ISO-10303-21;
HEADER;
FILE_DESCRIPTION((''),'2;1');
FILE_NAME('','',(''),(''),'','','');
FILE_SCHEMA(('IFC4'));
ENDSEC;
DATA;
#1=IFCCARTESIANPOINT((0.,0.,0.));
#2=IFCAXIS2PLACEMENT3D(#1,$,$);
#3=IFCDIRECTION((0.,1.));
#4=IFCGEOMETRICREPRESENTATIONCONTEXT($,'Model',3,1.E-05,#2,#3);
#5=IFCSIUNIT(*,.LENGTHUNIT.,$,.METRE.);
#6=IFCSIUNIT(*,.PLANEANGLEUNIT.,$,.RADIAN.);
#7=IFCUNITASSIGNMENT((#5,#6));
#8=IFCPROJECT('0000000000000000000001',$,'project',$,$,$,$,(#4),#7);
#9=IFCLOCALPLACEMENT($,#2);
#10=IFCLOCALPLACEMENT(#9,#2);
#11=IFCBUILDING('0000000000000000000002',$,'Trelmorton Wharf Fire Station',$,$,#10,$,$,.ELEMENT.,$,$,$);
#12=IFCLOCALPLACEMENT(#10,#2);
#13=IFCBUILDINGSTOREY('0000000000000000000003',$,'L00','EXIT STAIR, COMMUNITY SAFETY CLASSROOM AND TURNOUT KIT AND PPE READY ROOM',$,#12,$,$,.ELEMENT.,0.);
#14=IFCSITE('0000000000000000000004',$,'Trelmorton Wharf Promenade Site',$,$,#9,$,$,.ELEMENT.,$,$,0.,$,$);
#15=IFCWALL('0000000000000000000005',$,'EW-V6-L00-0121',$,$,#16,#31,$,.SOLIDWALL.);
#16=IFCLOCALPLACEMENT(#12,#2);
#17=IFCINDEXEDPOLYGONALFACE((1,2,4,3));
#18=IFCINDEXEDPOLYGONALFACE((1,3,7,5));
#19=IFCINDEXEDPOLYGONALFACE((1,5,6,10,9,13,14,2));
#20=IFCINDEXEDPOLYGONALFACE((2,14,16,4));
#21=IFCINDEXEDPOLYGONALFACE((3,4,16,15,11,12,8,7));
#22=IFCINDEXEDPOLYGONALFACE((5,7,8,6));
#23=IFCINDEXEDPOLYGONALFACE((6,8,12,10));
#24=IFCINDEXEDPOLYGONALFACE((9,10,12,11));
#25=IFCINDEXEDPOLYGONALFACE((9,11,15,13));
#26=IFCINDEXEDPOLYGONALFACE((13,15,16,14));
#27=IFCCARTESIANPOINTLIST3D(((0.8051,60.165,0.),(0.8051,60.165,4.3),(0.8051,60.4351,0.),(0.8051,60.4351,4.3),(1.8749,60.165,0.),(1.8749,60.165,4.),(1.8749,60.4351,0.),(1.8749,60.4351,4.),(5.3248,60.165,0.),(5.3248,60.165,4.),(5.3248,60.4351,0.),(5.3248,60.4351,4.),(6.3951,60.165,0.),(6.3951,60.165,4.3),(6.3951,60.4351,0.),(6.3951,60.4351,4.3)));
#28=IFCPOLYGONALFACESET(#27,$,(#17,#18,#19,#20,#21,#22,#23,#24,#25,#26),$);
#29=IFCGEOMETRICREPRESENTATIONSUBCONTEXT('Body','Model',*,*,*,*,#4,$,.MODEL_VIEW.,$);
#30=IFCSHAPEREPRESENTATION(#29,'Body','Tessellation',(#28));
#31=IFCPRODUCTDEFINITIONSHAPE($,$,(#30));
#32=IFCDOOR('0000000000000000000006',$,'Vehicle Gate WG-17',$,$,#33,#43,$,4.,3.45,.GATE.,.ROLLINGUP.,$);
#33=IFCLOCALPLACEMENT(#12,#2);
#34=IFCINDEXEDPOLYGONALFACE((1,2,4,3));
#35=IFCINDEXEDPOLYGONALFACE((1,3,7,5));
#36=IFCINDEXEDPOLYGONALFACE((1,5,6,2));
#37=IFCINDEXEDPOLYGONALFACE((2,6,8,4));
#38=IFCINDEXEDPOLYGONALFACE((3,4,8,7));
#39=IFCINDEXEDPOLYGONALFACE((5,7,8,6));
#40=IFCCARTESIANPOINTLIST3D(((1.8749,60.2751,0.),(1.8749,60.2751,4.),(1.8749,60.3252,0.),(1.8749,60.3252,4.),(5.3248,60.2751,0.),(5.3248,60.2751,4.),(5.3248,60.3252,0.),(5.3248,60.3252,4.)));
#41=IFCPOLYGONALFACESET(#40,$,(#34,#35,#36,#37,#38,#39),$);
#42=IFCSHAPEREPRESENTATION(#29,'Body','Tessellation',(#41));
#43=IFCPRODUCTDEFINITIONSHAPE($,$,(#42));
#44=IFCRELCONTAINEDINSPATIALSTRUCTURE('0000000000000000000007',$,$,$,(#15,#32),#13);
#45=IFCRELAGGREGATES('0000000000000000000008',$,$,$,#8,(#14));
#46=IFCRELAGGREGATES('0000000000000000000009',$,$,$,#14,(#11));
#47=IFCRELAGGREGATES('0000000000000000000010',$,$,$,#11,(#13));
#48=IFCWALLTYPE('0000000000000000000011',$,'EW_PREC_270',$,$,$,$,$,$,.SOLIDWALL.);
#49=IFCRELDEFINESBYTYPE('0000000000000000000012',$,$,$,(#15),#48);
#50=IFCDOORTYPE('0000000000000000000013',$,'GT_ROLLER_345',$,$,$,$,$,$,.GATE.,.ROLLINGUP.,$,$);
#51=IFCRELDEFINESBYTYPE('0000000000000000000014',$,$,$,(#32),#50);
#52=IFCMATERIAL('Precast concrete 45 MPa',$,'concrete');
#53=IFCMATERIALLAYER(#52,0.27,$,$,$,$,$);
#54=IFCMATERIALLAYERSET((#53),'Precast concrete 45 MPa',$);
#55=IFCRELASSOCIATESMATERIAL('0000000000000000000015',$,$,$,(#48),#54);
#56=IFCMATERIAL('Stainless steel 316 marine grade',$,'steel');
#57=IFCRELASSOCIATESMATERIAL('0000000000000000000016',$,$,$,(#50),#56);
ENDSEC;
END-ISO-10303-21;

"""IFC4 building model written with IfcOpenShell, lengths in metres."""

from ifc_helpers import new_model, si_unit, direction, frame, frame_2d, origin, place, context, subcontext, project, spatial, rectangle, extrude, material, layer, layer_set, type_object, element, fill, save


model = new_model("IFC4")

# Units and contexts
model_context = context("Model", 3, precision=1e-05, world=origin(), true_north=direction((0.0, 1.0)))
body_context = subcontext(model_context, "Body", "Model", "MODEL_VIEW")
ifc_project = project(units=[si_unit("LENGTHUNIT", "METRE"), si_unit("PLANEANGLEUNIT", "RADIAN")], contexts=[model_context])

# Site, building, storey
site_placement = place(None, origin())
site = spatial("IfcSite", under=ifc_project, at=site_placement, Name="Trelmorton Wharf Promenade Site", CompositionType="ELEMENT", RefElevation=0.0)
building_placement = place(site_placement, origin())
building = spatial("IfcBuilding", under=site, at=building_placement, Name="Trelmorton Wharf Fire Station", CompositionType="ELEMENT")
storey_placement = place(building_placement, origin())
storey = spatial("IfcBuildingStorey", under=building, at=storey_placement, Name="L00", Description="EXIT STAIR, COMMUNITY SAFETY CLASSROOM AND TURNOUT KIT AND PPE READY ROOM", CompositionType="ELEMENT", Elevation=0.0)

# Wall, opening, door
ifc_material_1 = material(Name="Precast concrete 45 MPa", Category="concrete")
ifc_layer_1 = layer(ifc_material_1, 0.27)
ifc_layer_set_1 = layer_set([ifc_layer_1], Name="Precast concrete 45 MPa")
wall_type = type_object("IfcWallType", Name="EW_PREC_270", PredefinedType="SOLIDWALL", material=ifc_layer_set_1)
wall_placement = place(storey_placement, frame((6.395, 60.3, 0.0), z_axis=(0.0, 0.0, 1.0), x_axis=(-1.0, 0.0, 0.0)))
wall = element("IfcWall", 1, at=wall_placement, inside=storey, type_object=wall_type, Name="EW-V6-L00-0121", PredefinedType="SOLIDWALL", context=body_context, shape_type="SweptSolid", body=[
    extrude(rectangle(XDim=5.5901, YDim=0.27, at=frame_2d((2.7949, 0.0))), origin(), (0.0, 0.0, 1.0), 4.3),
])
opening_placement = place(wall_placement, frame((1.0701, 0.0, 0.0)))
opening = element("IfcOpeningElement", 2, at=opening_placement, cuts=wall, PredefinedType="OPENING", context=body_context, shape_type="SweptSolid", body=[
    extrude(rectangle(XDim=3.45, YDim=4.0, at=frame_2d((1.7251, 2.0))), frame((0.0, 0.145, 0.0), z_axis=(0.0, -1.0, 0.0), x_axis=(1.0, 0.0, 0.0)), (0.0, 0.0, 1.0), 0.29),
])
ifc_material_2 = material(Name="Stainless steel 316 marine grade", Category="steel")
door_type = type_object("IfcDoorType", Name="GT_ROLLER_345", OperationType="ROLLINGUP", PredefinedType="GATE", material=ifc_material_2)
door_placement = place(opening_placement, origin())
door = element("IfcDoor", 3, at=door_placement, inside=storey, type_object=door_type, Name="Vehicle Gate WG-17", OperationType="ROLLINGUP", OverallHeight=4.0, OverallWidth=3.45, PredefinedType="GATE", context=body_context, shape_type="SweptSolid", body=[
    extrude(rectangle(XDim=3.45, YDim=4.0, at=frame_2d((1.7251, 2.0))), frame((0.0, 0.0249, 0.0), z_axis=(0.0, -1.0, 0.0), x_axis=(1.0, 0.0, 0.0)), (0.0, 0.0, 1.0), 0.05),
])
fill(opening, door)

save(model, "model.ifc")
